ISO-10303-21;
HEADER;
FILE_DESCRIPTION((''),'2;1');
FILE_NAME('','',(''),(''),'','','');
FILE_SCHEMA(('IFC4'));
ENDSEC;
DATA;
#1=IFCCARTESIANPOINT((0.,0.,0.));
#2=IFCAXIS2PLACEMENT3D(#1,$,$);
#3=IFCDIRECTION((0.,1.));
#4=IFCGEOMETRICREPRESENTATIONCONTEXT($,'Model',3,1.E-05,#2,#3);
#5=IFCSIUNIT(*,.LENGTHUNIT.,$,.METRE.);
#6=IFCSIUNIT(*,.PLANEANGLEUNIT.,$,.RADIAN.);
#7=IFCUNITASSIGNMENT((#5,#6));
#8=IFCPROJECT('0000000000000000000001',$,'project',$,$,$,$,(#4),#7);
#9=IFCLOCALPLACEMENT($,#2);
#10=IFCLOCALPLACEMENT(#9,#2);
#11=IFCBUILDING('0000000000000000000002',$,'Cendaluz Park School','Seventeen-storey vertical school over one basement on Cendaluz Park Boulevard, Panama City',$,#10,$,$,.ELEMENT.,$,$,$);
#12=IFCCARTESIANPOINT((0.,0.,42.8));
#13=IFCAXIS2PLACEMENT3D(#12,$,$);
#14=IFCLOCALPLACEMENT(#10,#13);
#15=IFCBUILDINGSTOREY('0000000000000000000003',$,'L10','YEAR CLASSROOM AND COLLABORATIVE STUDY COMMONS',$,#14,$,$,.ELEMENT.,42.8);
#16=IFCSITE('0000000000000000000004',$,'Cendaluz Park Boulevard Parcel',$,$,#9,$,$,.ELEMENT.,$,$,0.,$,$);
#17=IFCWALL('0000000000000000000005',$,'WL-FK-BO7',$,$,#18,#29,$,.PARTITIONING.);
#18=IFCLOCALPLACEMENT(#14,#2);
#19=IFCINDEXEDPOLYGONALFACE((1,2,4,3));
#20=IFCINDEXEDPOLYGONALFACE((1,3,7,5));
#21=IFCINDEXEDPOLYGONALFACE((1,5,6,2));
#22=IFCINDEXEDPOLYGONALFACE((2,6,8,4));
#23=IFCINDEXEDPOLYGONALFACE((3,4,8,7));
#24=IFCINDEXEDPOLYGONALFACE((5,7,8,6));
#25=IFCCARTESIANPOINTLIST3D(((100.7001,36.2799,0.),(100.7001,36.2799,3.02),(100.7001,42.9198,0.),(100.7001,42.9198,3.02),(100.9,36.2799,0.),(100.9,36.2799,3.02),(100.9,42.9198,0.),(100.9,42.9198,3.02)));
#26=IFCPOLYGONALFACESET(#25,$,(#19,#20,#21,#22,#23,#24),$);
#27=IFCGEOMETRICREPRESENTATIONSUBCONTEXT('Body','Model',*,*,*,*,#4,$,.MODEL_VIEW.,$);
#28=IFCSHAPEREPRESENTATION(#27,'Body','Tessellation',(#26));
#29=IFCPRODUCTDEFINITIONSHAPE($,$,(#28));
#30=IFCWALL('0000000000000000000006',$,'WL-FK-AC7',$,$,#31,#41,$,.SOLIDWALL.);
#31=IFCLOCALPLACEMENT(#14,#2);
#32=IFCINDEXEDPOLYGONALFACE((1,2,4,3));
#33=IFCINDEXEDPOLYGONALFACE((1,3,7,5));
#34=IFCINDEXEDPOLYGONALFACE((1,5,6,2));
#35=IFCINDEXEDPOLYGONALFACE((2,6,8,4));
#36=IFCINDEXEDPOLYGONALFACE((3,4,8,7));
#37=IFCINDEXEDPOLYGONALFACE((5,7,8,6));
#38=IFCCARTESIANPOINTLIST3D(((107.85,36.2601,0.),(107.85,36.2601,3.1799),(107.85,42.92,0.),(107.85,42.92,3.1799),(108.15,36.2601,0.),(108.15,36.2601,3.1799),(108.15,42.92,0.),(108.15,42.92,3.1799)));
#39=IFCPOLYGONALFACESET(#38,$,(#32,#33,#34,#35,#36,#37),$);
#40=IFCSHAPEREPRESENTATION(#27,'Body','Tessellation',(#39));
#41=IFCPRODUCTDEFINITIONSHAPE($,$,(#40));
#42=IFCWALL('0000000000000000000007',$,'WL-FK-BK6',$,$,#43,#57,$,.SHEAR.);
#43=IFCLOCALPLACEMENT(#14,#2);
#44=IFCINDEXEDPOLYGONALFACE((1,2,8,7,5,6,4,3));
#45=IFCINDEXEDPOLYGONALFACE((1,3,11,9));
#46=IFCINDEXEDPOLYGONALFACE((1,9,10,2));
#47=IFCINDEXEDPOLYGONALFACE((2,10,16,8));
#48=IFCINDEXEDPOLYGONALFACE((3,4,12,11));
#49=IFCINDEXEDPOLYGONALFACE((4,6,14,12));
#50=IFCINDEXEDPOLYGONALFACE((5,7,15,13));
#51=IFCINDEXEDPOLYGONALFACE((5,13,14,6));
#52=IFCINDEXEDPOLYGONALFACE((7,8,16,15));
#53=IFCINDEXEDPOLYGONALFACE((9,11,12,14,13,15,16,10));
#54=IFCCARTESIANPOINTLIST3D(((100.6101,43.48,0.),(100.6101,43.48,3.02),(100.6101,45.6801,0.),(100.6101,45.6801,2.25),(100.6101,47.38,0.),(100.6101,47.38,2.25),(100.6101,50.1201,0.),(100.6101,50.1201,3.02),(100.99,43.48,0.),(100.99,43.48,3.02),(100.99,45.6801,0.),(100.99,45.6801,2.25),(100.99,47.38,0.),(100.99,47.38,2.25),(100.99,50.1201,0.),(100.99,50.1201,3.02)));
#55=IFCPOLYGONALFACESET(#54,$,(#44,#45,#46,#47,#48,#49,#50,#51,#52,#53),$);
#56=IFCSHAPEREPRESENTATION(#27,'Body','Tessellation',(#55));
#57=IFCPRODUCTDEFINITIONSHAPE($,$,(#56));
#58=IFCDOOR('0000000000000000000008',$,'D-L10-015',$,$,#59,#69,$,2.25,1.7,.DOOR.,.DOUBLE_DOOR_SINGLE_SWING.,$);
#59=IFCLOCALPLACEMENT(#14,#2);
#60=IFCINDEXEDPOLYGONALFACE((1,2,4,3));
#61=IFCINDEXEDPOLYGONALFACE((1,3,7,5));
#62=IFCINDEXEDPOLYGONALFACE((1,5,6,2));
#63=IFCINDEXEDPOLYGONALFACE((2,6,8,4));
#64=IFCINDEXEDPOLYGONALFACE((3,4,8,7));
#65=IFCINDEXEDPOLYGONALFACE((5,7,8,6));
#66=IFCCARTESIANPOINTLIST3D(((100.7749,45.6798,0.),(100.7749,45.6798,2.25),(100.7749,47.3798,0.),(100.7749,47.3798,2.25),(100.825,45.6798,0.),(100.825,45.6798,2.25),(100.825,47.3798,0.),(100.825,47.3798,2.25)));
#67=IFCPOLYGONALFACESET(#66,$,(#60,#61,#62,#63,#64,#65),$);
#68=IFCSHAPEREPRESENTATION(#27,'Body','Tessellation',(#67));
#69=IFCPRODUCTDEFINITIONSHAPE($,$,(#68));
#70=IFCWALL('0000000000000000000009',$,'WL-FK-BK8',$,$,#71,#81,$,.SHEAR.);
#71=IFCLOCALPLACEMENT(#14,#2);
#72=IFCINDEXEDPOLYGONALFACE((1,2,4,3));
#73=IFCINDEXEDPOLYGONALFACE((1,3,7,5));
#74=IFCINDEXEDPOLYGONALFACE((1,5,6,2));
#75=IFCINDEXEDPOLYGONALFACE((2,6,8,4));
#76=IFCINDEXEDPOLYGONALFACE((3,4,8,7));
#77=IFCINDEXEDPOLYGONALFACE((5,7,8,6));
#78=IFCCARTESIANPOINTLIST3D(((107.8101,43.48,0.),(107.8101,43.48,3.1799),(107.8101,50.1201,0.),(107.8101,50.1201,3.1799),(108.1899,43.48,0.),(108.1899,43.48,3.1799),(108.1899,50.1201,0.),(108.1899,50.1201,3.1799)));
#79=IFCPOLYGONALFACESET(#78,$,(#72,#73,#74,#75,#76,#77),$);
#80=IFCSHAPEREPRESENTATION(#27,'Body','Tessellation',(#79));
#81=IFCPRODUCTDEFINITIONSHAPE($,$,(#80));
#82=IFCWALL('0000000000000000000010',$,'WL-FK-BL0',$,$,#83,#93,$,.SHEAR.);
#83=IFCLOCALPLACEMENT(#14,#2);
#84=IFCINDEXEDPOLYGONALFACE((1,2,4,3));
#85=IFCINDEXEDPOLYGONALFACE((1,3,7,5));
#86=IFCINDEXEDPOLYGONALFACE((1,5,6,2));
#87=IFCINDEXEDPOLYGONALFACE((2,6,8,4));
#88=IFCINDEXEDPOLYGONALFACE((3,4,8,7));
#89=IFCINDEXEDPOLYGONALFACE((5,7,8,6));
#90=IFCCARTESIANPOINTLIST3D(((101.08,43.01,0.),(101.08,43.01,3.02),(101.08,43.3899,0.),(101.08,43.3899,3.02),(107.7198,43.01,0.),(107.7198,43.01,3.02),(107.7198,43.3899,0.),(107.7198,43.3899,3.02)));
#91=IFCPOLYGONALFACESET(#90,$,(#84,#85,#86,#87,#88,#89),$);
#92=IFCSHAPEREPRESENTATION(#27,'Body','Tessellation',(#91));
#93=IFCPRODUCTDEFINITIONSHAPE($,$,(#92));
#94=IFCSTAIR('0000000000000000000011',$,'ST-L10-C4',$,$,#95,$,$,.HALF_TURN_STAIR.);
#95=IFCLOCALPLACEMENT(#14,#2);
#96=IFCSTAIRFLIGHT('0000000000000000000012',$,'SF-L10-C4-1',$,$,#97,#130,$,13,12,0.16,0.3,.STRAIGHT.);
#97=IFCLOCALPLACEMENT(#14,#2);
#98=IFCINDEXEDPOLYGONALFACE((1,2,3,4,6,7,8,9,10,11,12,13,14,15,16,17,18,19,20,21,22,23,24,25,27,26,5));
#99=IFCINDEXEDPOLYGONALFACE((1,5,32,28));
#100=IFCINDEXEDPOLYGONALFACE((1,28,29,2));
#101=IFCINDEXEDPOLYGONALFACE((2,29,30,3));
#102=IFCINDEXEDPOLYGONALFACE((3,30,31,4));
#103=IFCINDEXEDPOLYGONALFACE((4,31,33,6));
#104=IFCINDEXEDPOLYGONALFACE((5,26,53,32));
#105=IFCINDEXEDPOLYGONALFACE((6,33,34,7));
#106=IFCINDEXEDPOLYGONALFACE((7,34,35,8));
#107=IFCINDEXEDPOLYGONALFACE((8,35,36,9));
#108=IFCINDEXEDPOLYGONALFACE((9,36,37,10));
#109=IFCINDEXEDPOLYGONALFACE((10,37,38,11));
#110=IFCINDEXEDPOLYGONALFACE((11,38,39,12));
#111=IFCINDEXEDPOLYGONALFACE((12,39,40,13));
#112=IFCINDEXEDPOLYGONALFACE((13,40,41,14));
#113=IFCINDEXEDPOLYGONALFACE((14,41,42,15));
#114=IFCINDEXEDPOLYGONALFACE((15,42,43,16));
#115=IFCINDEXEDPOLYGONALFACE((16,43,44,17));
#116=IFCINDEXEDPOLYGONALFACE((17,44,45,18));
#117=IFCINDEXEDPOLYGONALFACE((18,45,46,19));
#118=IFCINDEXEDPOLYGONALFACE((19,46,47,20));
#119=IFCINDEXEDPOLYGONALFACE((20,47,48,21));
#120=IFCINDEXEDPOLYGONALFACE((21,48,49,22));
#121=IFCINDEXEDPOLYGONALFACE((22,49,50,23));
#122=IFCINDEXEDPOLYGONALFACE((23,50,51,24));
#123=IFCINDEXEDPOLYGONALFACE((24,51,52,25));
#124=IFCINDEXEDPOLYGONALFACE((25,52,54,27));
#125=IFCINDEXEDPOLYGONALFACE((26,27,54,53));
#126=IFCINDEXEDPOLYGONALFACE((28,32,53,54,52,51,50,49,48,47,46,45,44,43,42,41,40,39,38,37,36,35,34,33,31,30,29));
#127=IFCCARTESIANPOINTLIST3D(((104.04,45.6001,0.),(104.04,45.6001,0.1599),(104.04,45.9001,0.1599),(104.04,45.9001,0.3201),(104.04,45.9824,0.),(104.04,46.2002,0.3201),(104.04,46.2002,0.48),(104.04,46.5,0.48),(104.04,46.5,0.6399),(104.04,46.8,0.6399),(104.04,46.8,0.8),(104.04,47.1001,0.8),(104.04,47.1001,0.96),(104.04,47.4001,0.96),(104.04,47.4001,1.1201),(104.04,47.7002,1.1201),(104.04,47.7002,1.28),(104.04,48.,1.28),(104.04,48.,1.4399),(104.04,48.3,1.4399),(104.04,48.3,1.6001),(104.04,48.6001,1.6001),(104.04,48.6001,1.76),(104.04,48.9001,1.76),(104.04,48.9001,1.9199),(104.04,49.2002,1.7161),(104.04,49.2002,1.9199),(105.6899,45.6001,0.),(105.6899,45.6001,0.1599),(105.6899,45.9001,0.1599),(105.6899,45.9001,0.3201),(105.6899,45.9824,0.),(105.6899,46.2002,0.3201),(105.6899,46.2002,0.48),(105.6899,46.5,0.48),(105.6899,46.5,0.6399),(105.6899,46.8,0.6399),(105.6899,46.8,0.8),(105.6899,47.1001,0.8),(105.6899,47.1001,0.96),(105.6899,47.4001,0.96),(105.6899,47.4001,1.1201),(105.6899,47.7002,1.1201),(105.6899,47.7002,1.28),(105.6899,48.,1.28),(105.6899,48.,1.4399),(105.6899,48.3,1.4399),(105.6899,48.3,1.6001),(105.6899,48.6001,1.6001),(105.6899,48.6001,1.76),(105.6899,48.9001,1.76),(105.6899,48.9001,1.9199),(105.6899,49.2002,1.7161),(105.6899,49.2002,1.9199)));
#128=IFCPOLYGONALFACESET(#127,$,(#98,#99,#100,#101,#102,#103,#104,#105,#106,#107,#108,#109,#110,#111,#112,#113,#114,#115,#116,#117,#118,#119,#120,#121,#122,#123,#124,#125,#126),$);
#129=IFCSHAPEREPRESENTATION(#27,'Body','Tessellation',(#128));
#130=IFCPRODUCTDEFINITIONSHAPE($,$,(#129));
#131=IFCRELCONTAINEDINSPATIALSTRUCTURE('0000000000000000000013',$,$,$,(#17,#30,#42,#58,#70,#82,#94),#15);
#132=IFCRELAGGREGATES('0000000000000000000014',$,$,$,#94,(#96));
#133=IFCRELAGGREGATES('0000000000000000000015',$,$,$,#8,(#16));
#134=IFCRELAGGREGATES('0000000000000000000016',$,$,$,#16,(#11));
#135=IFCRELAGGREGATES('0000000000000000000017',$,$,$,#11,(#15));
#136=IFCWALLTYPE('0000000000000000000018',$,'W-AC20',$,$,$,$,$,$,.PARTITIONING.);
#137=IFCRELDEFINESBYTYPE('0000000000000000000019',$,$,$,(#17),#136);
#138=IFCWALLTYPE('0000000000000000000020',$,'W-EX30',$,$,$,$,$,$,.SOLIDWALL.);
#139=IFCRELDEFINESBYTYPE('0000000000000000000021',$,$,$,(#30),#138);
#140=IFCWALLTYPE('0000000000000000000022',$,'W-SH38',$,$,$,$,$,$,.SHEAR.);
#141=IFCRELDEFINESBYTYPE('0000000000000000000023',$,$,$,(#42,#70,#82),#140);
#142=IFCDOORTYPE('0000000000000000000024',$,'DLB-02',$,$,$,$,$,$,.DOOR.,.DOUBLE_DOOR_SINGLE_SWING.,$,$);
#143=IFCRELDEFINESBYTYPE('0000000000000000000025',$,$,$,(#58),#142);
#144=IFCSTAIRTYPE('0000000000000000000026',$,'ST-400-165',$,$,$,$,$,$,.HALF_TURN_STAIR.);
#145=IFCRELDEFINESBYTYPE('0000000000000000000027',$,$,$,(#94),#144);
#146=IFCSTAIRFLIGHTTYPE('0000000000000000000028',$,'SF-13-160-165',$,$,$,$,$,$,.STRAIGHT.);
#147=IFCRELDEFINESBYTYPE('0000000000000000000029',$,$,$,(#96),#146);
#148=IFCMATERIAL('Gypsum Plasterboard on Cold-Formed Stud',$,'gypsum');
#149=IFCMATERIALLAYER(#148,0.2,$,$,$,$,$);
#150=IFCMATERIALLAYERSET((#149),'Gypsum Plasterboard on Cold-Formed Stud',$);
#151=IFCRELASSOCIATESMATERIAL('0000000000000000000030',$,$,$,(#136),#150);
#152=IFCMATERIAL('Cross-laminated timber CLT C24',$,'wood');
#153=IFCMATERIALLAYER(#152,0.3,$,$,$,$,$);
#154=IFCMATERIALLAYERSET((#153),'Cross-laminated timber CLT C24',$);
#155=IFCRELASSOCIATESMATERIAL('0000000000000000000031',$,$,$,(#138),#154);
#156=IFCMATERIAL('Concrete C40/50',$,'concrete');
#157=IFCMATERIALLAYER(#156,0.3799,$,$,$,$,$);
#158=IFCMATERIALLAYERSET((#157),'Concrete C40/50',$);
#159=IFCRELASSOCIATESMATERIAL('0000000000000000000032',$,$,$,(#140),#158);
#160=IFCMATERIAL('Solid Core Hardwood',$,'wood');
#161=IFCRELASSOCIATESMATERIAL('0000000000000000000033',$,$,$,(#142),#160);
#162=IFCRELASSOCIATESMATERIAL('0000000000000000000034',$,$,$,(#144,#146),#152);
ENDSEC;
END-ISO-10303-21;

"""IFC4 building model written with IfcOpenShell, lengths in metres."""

from ifc_helpers import new_model, si_unit, direction, frame, frame_2d, origin, place, context, subcontext, project, spatial, polyline, rectangle, outline, extrude, material, layer, layer_set, type_object, element, fill, aggregate, save


model = new_model("IFC4")

# Units and contexts
model_context = context("Model", 3, precision=1e-05, world=origin(), true_north=direction((0.0, 1.0)))
body_context = subcontext(model_context, "Body", "Model", "MODEL_VIEW")
ifc_project = project(units=[si_unit("LENGTHUNIT", "METRE"), si_unit("PLANEANGLEUNIT", "RADIAN")], contexts=[model_context])

# Site, building, storey
site_placement = place(None, origin())
site = spatial("IfcSite", under=ifc_project, at=site_placement, Name="Cendaluz Park Boulevard Parcel", CompositionType="ELEMENT", RefElevation=0.0)
building_placement = place(site_placement, origin())
building = spatial("IfcBuilding", under=site, at=building_placement, Name="Cendaluz Park School", Description="Seventeen-storey vertical school over one basement on Cendaluz Park Boulevard, Panama City", CompositionType="ELEMENT")
storey_placement = place(building_placement, frame((0.0, 0.0, 42.8)))
storey = spatial("IfcBuildingStorey", under=building, at=storey_placement, Name="L10", Description="YEAR CLASSROOM AND COLLABORATIVE STUDY COMMONS", CompositionType="ELEMENT", Elevation=42.8)

# Walls
ifc_material_1 = material(Name="Gypsum Plasterboard on Cold-Formed Stud", Category="gypsum")
ifc_layer_1 = layer(ifc_material_1, 0.2)
ifc_layer_set_1 = layer_set([ifc_layer_1], Name="Gypsum Plasterboard on Cold-Formed Stud")
wall_type_1 = type_object("IfcWallType", Name="W-AC20", PredefinedType="PARTITIONING", material=ifc_layer_set_1)
wall_1_placement = place(storey_placement, frame((100.8, 36.28, 0.0), z_axis=(0.0, 0.0, 1.0), x_axis=(0.0, 1.0, 0.0)))
element("IfcWall", 1, at=wall_1_placement, inside=storey, type_object=wall_type_1, Name="WL-FK-BO7", PredefinedType="PARTITIONING", context=body_context, shape_type="SweptSolid", body=[
    extrude(rectangle(XDim=6.6399, YDim=0.2, at=frame_2d((3.3198, 0.0))), origin(), (0.0, 0.0, 1.0), 3.02),
])
ifc_material_2 = material(Name="Cross-laminated timber CLT C24", Category="wood")
ifc_layer_2 = layer(ifc_material_2, 0.3)
ifc_layer_set_2 = layer_set([ifc_layer_2], Name="Cross-laminated timber CLT C24")
wall_type_2 = type_object("IfcWallType", Name="W-EX30", PredefinedType="SOLIDWALL", material=ifc_layer_set_2)
wall_2_placement = place(storey_placement, frame((108.0, 36.26, 0.0), z_axis=(0.0, 0.0, 1.0), x_axis=(0.0, 1.0, 0.0)))
element("IfcWall", 2, at=wall_2_placement, inside=storey, type_object=wall_type_2, Name="WL-FK-AC7", PredefinedType="SOLIDWALL", context=body_context, shape_type="SweptSolid", body=[
    extrude(rectangle(XDim=6.6599, YDim=0.3, at=frame_2d((3.3301, 0.0))), origin(), (0.0, 0.0, 1.0), 3.1799),
])

# Shared definitions
ifc_material_3 = material(Name="Concrete C40/50", Category="concrete")
ifc_material_4 = material(Name="Solid Core Hardwood", Category="wood")

# Wall, opening, door
ifc_layer_3 = layer(ifc_material_3, 0.3799)
ifc_layer_set_3 = layer_set([ifc_layer_3], Name="Concrete C40/50")
wall_type_3 = type_object("IfcWallType", Name="W-SH38", PredefinedType="SHEAR", material=ifc_layer_set_3)
wall_3_placement = place(storey_placement, frame((100.8, 43.48, 0.0), z_axis=(0.0, 0.0, 1.0), x_axis=(0.0, 1.0, 0.0)))
wall_3 = element("IfcWall", 3, at=wall_3_placement, inside=storey, type_object=wall_type_3, Name="WL-FK-BK6", PredefinedType="SHEAR", context=body_context, shape_type="SweptSolid", body=[
    extrude(rectangle(XDim=6.6401, YDim=0.3799, at=frame_2d((3.3201, 0.0))), origin(), (0.0, 0.0, 1.0), 3.02),
])
opening_1_placement = place(wall_3_placement, frame((2.2, 0.0, 0.0)))
opening_1 = element("IfcOpeningElement", 4, at=opening_1_placement, cuts=wall_3, PredefinedType="OPENING", context=body_context, shape_type="SweptSolid", body=[
    extrude(rectangle(XDim=1.7, YDim=2.25, at=frame_2d((0.8501, 1.125))), frame((0.0, 0.2019, 0.0), z_axis=(0.0, -1.0, 0.0), x_axis=(1.0, 0.0, 0.0)), (0.0, 0.0, 1.0), 0.4038),
])
door_type_1 = type_object("IfcDoorType", Name="DLB-02", OperationType="DOUBLE_DOOR_SINGLE_SWING", PredefinedType="DOOR", material=ifc_material_4)
door_1_placement = place(opening_1_placement, frame((1.7, 0.0, 0.0), z_axis=(0.0, 0.0, 1.0), x_axis=(-1.0, 0.0, 0.0)))
door_1 = element("IfcDoor", 5, at=door_1_placement, inside=storey, type_object=door_type_1, Name="D-L10-015", OperationType="DOUBLE_DOOR_SINGLE_SWING", OverallHeight=2.25, OverallWidth=1.7, PredefinedType="DOOR", context=body_context, shape_type="SweptSolid", body=[
    extrude(rectangle(XDim=1.7, YDim=2.25, at=frame_2d((0.8501, 1.125))), frame((0.0, 0.0249, 0.0), z_axis=(0.0, -1.0, 0.0), x_axis=(1.0, 0.0, 0.0)), (0.0, 0.0, 1.0), 0.05),
])
fill(opening_1, door_1)

# Walls
wall_4_placement = place(storey_placement, frame((108.0, 43.48, 0.0), z_axis=(0.0, 0.0, 1.0), x_axis=(0.0, 1.0, 0.0)))
element("IfcWall", 6, at=wall_4_placement, inside=storey, type_object=wall_type_3, Name="WL-FK-BK8", PredefinedType="SHEAR", context=body_context, shape_type="SweptSolid", body=[
    extrude(rectangle(XDim=6.6401, YDim=0.3799, at=frame_2d((3.3201, 0.0))), origin(), (0.0, 0.0, 1.0), 3.1799),
])
wall_5_placement = place(storey_placement, frame((101.0801, 43.2, 0.0), z_axis=(0.0, 0.0, 1.0), x_axis=(1.0, 0.0, 0.0)))
element("IfcWall", 7, at=wall_5_placement, inside=storey, type_object=wall_type_3, Name="WL-FK-BL0", PredefinedType="SHEAR", context=body_context, shape_type="SweptSolid", body=[
    extrude(rectangle(XDim=6.6399, YDim=0.3799, at=frame_2d((3.3198, 0.0))), origin(), (0.0, 0.0, 1.0), 3.02),
])

# Stair, stair flight
stair_type = type_object("IfcStairType", Name="ST-400-165", PredefinedType="HALF_TURN_STAIR", material=ifc_material_2)
stair_placement = place(storey_placement, origin())
stair = element("IfcStair", 8, at=stair_placement, inside=storey, type_object=stair_type, Name="ST-L10-C4", PredefinedType="HALF_TURN_STAIR")
stair_flight_type = type_object("IfcStairFlightType", Name="SF-13-160-165", PredefinedType="STRAIGHT", material=ifc_material_2)
stair_flight_placement = place(storey_placement, frame((104.865, 45.6001, 0.0), z_axis=(0.0, 0.0, 1.0), x_axis=(0.0, 1.0, 0.0)))
stair_flight = element("IfcStairFlight", 9, at=stair_flight_placement, type_object=stair_flight_type, Name="SF-L10-C4-1", NumberOfRisers=13, NumberOfTreads=12, PredefinedType="STRAIGHT", RiserHeight=0.16, TreadLength=0.3, context=body_context, shape_type="SweptSolid", body=[
    extrude(outline(polyline([(0.0, 0.0), (0.0, 0.1599), (0.3, 0.1599), (0.3, 0.3201), (0.6001, 0.3201), (0.6001, 0.48), (0.8999, 0.48), (0.8999, 0.6399), (1.2, 0.6399), (1.2, 0.8), (1.5, 0.8), (1.5, 0.96), (1.8, 0.96), (1.8, 1.1201), (2.1001, 1.1201), (2.1001, 1.28), (2.3999, 1.28), (2.3999, 1.4399), (2.7, 1.4399), (2.7, 1.6001), (3.0, 1.6001), (3.0, 1.76), (3.3, 1.76), (3.3, 1.9199), (3.6001, 1.9199), (3.6001, 2.0801), (3.6001, 1.7161), (0.3823, 0.0), (0.0, 0.0)])), frame((0.0, 0.825, 0.0), z_axis=(0.0, -1.0, 0.0), x_axis=(1.0, 0.0, 0.0)), (0.0, 0.0, 1.0), 1.6499),
])
aggregate(stair, [stair_flight])

save(model, "model.ifc")
